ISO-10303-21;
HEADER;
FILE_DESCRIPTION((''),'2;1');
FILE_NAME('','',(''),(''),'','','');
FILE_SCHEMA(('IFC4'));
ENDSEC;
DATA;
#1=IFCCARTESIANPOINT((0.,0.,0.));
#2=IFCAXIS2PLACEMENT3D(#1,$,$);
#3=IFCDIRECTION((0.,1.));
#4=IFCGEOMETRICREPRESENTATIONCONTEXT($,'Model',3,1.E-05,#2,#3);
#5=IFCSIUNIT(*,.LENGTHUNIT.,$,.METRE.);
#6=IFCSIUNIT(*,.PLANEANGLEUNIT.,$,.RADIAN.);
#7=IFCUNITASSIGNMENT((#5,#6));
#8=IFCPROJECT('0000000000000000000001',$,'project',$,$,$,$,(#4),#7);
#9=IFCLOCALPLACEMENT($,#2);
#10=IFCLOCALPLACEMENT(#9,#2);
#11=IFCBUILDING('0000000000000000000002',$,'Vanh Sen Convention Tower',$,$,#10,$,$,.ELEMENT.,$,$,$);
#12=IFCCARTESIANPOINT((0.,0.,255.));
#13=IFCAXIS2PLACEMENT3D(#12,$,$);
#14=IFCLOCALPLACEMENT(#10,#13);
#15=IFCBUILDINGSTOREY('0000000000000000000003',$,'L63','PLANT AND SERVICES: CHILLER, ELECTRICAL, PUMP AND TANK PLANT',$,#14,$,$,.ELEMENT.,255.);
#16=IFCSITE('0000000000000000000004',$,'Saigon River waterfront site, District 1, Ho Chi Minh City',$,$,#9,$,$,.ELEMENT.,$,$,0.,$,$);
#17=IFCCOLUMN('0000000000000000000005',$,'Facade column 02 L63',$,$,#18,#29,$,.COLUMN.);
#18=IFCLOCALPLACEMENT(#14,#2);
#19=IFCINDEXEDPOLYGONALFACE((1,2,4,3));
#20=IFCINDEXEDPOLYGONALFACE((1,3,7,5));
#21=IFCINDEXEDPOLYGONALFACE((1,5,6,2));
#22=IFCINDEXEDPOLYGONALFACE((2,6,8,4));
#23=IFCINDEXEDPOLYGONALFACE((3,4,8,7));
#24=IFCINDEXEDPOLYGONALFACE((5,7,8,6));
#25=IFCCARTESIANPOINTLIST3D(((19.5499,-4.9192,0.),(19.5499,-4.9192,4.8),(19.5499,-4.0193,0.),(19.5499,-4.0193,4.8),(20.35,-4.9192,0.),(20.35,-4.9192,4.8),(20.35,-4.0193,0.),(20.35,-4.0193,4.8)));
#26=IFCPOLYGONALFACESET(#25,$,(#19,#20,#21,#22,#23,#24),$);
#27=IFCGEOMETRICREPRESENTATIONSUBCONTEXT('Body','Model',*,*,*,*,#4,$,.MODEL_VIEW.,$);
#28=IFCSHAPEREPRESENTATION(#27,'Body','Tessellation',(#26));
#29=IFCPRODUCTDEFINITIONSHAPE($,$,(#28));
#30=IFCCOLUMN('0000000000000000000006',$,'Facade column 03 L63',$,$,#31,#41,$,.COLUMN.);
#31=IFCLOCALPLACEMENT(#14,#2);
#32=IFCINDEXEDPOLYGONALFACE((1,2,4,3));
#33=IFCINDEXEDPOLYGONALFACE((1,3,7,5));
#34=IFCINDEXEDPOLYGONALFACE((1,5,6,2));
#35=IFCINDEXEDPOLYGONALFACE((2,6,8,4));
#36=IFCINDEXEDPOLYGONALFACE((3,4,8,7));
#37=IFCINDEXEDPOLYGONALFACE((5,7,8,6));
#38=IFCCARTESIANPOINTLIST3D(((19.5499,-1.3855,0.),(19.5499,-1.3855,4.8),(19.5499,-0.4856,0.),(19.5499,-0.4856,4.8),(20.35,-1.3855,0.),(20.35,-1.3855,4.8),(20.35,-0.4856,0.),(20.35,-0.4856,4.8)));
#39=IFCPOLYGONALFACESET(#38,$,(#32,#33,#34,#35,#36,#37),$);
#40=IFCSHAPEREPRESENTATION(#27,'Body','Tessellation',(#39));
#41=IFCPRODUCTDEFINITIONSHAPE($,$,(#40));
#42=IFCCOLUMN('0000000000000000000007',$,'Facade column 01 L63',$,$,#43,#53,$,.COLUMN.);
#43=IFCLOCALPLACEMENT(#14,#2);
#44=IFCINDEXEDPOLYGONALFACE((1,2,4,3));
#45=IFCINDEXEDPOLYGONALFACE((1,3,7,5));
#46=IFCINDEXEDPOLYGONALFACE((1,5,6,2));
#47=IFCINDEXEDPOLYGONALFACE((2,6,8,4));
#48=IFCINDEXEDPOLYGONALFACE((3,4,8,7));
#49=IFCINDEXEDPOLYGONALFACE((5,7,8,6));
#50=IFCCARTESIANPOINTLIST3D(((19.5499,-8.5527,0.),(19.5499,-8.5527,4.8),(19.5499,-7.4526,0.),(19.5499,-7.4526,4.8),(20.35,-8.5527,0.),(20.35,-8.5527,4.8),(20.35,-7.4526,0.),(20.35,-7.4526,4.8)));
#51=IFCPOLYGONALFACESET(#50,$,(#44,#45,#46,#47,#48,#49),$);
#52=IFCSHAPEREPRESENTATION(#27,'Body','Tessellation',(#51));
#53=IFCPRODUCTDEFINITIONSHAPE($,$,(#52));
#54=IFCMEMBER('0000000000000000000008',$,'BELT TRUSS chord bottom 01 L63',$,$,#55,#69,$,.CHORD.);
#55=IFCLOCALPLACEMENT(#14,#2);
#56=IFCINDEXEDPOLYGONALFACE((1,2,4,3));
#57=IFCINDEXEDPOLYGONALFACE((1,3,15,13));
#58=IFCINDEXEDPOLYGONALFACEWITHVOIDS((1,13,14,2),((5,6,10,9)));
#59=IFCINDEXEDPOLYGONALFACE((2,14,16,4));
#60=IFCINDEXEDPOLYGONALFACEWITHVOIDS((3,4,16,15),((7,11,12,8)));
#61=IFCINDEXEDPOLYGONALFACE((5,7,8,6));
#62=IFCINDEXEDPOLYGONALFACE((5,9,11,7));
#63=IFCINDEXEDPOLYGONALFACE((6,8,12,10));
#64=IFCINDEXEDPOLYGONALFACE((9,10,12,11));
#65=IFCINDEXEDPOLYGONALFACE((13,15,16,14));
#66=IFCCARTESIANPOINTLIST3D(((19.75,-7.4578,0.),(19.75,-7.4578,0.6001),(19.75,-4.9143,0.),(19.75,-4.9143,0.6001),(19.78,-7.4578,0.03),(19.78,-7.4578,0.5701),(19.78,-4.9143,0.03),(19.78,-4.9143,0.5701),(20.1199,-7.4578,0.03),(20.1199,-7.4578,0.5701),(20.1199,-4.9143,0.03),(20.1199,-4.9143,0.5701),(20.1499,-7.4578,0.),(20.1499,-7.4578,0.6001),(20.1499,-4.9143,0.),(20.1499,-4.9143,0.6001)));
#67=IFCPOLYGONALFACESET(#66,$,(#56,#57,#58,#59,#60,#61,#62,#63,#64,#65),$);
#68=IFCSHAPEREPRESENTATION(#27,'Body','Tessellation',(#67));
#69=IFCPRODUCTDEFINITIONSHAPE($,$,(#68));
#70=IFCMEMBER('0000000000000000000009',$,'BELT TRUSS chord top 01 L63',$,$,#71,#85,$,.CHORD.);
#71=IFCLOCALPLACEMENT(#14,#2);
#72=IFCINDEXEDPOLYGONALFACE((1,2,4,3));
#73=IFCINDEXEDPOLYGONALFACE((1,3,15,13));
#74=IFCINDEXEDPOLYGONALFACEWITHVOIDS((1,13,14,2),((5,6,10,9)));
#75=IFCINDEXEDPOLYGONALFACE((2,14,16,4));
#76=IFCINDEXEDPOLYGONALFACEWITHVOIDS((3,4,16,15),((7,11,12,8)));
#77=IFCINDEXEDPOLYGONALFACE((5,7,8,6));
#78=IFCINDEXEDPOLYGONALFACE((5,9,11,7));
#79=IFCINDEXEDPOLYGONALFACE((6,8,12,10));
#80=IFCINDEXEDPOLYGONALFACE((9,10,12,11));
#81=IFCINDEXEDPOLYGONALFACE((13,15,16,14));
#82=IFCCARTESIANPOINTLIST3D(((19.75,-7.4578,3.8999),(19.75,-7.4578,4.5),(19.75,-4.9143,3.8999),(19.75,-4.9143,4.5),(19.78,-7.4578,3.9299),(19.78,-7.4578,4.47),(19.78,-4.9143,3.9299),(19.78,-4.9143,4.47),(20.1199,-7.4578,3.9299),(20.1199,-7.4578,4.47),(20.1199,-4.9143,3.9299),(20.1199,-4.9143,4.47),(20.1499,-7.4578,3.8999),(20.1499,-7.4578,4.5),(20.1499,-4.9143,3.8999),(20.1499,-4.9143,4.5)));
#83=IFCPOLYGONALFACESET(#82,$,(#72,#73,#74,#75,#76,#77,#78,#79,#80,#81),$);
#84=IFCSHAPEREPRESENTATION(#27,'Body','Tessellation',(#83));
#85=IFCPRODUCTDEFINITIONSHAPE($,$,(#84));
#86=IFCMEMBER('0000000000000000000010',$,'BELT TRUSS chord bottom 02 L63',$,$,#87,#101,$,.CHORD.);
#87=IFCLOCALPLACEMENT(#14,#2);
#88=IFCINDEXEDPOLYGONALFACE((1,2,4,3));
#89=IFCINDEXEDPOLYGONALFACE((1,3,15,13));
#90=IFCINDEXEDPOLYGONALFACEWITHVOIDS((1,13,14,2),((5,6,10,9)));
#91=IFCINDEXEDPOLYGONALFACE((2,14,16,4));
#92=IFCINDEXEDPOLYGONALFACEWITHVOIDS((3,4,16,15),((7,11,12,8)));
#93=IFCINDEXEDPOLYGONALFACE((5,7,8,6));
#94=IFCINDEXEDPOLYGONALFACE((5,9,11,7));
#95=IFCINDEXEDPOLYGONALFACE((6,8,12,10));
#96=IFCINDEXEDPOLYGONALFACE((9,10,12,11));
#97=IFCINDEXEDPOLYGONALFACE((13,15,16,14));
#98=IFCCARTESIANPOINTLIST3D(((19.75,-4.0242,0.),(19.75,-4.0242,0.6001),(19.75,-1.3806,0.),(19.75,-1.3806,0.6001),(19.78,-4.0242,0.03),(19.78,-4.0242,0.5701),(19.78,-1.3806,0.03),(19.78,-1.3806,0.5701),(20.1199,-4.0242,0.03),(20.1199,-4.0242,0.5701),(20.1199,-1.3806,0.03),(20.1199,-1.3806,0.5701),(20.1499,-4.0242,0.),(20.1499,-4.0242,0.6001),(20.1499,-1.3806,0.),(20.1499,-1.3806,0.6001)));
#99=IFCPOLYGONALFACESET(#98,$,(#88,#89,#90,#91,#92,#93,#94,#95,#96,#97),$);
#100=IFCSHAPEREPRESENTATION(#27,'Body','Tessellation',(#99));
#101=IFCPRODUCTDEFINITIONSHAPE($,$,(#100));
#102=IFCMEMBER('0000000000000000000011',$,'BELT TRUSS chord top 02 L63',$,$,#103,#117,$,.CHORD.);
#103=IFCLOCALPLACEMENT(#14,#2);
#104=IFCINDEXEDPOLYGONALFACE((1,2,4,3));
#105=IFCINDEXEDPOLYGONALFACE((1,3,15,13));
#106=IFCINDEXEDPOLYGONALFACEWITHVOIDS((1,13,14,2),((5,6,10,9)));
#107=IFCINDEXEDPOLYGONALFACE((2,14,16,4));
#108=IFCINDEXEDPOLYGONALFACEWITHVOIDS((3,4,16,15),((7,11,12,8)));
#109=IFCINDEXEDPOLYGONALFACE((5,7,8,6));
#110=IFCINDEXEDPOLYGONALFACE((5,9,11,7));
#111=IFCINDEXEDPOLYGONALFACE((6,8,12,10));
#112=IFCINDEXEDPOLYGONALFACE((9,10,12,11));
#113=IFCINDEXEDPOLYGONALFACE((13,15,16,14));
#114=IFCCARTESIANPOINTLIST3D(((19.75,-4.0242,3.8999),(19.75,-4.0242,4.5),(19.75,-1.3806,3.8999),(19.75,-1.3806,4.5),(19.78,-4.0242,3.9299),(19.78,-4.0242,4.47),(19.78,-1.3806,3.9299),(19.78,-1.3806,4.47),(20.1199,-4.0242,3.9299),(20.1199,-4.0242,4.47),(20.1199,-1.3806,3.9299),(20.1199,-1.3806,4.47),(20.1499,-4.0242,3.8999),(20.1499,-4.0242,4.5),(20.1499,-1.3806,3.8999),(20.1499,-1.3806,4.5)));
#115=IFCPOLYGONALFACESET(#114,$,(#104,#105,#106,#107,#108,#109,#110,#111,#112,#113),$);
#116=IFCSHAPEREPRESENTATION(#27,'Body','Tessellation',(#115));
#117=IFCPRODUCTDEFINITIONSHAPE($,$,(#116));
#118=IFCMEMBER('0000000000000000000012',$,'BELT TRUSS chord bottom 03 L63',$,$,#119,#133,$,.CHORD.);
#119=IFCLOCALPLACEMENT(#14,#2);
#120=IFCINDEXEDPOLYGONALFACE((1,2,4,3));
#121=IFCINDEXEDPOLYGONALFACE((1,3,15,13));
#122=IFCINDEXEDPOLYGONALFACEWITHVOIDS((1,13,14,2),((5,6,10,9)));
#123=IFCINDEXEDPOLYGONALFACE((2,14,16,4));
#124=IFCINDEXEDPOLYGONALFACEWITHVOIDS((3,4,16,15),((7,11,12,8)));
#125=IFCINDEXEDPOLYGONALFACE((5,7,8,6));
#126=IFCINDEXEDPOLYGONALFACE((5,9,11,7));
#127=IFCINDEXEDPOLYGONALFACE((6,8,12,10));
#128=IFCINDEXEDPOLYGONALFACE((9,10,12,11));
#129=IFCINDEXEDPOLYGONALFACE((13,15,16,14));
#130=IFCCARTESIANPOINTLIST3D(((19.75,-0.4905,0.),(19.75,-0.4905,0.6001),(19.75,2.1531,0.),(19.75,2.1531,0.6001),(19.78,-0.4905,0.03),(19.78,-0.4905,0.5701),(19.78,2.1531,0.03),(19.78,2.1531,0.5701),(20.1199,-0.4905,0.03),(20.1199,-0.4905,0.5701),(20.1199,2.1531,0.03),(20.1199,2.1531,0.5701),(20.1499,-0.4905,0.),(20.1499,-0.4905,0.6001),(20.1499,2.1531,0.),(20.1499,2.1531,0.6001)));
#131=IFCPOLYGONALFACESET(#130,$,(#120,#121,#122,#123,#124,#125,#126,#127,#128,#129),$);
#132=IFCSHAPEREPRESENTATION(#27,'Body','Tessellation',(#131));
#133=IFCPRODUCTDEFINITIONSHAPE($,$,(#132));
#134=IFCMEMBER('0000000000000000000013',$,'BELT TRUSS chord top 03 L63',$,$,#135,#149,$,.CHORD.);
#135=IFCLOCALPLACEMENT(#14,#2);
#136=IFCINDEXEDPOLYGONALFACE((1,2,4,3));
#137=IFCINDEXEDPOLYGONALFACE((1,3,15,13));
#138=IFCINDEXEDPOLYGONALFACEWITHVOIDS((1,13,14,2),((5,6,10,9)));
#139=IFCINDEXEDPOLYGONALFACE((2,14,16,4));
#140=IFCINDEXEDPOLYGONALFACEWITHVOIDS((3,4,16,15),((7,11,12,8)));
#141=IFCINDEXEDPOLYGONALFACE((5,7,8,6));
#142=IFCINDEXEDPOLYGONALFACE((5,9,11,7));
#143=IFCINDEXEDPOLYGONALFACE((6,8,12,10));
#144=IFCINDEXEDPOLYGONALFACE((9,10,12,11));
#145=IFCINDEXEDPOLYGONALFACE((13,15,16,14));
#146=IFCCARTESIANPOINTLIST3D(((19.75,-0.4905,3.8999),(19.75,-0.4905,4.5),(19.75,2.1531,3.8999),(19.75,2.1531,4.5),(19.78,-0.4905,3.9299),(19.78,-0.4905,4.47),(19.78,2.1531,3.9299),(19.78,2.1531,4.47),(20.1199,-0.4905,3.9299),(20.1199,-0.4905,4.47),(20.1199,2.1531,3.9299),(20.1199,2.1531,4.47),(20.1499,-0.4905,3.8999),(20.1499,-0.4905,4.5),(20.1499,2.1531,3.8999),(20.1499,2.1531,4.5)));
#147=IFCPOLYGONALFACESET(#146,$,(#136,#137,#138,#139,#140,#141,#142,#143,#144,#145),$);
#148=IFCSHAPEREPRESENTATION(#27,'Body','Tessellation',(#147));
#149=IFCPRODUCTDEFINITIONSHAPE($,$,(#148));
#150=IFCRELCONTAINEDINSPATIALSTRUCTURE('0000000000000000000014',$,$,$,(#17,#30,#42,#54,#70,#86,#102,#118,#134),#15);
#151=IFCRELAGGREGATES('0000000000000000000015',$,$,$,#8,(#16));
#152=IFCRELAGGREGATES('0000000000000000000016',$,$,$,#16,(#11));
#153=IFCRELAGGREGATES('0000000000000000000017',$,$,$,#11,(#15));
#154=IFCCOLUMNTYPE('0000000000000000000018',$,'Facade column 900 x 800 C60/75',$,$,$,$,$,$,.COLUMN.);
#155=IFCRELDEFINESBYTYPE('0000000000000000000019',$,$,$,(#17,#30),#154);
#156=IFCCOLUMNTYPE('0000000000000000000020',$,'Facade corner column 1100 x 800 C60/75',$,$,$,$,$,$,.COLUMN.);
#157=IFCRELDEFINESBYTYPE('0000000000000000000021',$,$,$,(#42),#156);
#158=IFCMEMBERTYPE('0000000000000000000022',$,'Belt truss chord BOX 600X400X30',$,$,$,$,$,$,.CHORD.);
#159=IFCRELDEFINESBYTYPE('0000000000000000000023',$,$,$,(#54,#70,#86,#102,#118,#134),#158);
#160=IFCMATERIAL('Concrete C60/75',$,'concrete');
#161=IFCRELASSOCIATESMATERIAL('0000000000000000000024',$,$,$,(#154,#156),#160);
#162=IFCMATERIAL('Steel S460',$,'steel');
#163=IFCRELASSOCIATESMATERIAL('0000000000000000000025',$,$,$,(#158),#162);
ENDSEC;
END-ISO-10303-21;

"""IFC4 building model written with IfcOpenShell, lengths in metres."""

from ifc_helpers import new_model, si_unit, direction, frame, origin, origin_2d, place, context, subcontext, project, spatial, rectangle, hollow_rectangle, extrude, material, material_profile, profile_set, type_object, element, save


model = new_model("IFC4")

# Units and contexts
model_context = context("Model", 3, precision=1e-05, world=origin(), true_north=direction((0.0, 1.0)))
body_context = subcontext(model_context, "Body", "Model", "MODEL_VIEW")
ifc_project = project(units=[si_unit("LENGTHUNIT", "METRE"), si_unit("PLANEANGLEUNIT", "RADIAN")], contexts=[model_context])

# Site, building, storey
site_placement = place(None, origin())
site = spatial("IfcSite", under=ifc_project, at=site_placement, Name="Saigon River waterfront site, District 1, Ho Chi Minh City", CompositionType="ELEMENT", RefElevation=0.0)
building_placement = place(site_placement, origin())
building = spatial("IfcBuilding", under=site, at=building_placement, Name="Vanh Sen Convention Tower", CompositionType="ELEMENT")
storey_placement = place(building_placement, frame((0.0, 0.0, 255.0)))
storey = spatial("IfcBuildingStorey", under=building, at=storey_placement, Name="L63", Description="PLANT AND SERVICES: CHILLER, ELECTRICAL, PUMP AND TANK PLANT", CompositionType="ELEMENT", Elevation=255.0)

# Columns
ifc_material_1 = material(Name="Concrete C60/75", Category="concrete")
ifc_material_profile_1 = material_profile(ifc_material_1, rectangle(XDim=0.8999, YDim=0.8, at=origin_2d()), Name="RC 900X800")
ifc_profile_set_1 = profile_set([ifc_material_profile_1], Name="Concrete C60/75")
column_type_1 = type_object("IfcColumnType", Name="Facade column 900 x 800 C60/75", PredefinedType="COLUMN", material=ifc_profile_set_1)
for number, where, z_axis, x_axis, name in (
    (1, (19.95, -4.4692, 0.0), (0.0, 0.0, 1.0), (0.0, 1.0, 0.0), "Facade column 02 L63"),
    (2, (19.95, -0.9355, 0.0), (0.0, 0.0, 1.0), (0.0, 1.0, 0.0), "Facade column 03 L63"),
):
    element("IfcColumn", number, at=place(storey_placement, frame(where, z_axis=z_axis, x_axis=x_axis)), inside=storey, type_object=column_type_1, Name=name, PredefinedType="COLUMN", context=body_context, shape_type="SweptSolid", body=[
        extrude(rectangle(XDim=0.8999, YDim=0.8, at=origin_2d()), origin(), (0.0, 0.0, 1.0), 4.8),
    ])
ifc_material_profile_2 = material_profile(ifc_material_1, rectangle(XDim=1.1001, YDim=0.8, at=origin_2d()), Name="RC 1100X800")
ifc_profile_set_2 = profile_set([ifc_material_profile_2], Name="Concrete C60/75")
column_type_2 = type_object("IfcColumnType", Name="Facade corner column 1100 x 800 C60/75", PredefinedType="COLUMN", material=ifc_profile_set_2)
column_placement = place(storey_placement, frame((19.95, -8.0027, 0.0), z_axis=(0.0, 0.0, 1.0), x_axis=(0.0, 1.0, 0.0)))
element("IfcColumn", 3, at=column_placement, inside=storey, type_object=column_type_2, Name="Facade column 01 L63", PredefinedType="COLUMN", context=body_context, shape_type="SweptSolid", body=[
    extrude(rectangle(XDim=1.1001, YDim=0.8, at=origin_2d()), origin(), (0.0, 0.0, 1.0), 4.8),
])

# Members
ifc_material_2 = material(Name="Steel S460", Category="steel")
ifc_material_profile_3 = material_profile(ifc_material_2, hollow_rectangle(XDim=0.3999, YDim=0.6001, WallThickness=0.03, at=origin_2d()), Name="BOX 600X400X30")
ifc_profile_set_3 = profile_set([ifc_material_profile_3], Name="Steel S460")
member_type_1 = type_object("IfcMemberType", Name="Belt truss chord BOX 600X400X30", PredefinedType="CHORD", material=ifc_profile_set_3)
for number, where, z_axis, x_axis, name in (
    (4, (19.95, -7.4578, 0.3), (0.0, 1.0, 0.0), (-1.0, 0.0, 0.0), "BELT TRUSS chord bottom 01 L63"),
    (5, (19.95, -7.4578, 4.2), (0.0, 1.0, 0.0), (-1.0, 0.0, 0.0), "BELT TRUSS chord top 01 L63"),
):
    element("IfcMember", number, at=place(storey_placement, frame(where, z_axis=z_axis, x_axis=x_axis)), inside=storey, type_object=member_type_1, Name=name, PredefinedType="CHORD", context=body_context, shape_type="SweptSolid", body=[
        extrude(hollow_rectangle(XDim=0.3999, YDim=0.6001, WallThickness=0.03, at=origin_2d()), origin(), (0.0, 0.0, 1.0), 2.5435),
    ])
for number, where, z_axis, x_axis, name in (
    (6, (19.95, -4.0242, 0.3), (0.0, 1.0, 0.0), (-1.0, 0.0, 0.0), "BELT TRUSS chord bottom 02 L63"),
    (7, (19.95, -4.0242, 4.2), (0.0, 1.0, 0.0), (-1.0, 0.0, 0.0), "BELT TRUSS chord top 02 L63"),
    (8, (19.95, -0.4905, 0.3), (0.0, 1.0, 0.0), (-1.0, 0.0, 0.0), "BELT TRUSS chord bottom 03 L63"),
    (9, (19.95, -0.4905, 4.2), (0.0, 1.0, 0.0), (-1.0, 0.0, 0.0), "BELT TRUSS chord top 03 L63"),
):
    element("IfcMember", number, at=place(storey_placement, frame(where, z_axis=z_axis, x_axis=x_axis)), inside=storey, type_object=member_type_1, Name=name, PredefinedType="CHORD", context=body_context, shape_type="SweptSolid", body=[
        extrude(hollow_rectangle(XDim=0.3999, YDim=0.6001, WallThickness=0.03, at=origin_2d()), origin(), (0.0, 0.0, 1.0), 2.6436),
    ])

save(model, "model.ifc")
